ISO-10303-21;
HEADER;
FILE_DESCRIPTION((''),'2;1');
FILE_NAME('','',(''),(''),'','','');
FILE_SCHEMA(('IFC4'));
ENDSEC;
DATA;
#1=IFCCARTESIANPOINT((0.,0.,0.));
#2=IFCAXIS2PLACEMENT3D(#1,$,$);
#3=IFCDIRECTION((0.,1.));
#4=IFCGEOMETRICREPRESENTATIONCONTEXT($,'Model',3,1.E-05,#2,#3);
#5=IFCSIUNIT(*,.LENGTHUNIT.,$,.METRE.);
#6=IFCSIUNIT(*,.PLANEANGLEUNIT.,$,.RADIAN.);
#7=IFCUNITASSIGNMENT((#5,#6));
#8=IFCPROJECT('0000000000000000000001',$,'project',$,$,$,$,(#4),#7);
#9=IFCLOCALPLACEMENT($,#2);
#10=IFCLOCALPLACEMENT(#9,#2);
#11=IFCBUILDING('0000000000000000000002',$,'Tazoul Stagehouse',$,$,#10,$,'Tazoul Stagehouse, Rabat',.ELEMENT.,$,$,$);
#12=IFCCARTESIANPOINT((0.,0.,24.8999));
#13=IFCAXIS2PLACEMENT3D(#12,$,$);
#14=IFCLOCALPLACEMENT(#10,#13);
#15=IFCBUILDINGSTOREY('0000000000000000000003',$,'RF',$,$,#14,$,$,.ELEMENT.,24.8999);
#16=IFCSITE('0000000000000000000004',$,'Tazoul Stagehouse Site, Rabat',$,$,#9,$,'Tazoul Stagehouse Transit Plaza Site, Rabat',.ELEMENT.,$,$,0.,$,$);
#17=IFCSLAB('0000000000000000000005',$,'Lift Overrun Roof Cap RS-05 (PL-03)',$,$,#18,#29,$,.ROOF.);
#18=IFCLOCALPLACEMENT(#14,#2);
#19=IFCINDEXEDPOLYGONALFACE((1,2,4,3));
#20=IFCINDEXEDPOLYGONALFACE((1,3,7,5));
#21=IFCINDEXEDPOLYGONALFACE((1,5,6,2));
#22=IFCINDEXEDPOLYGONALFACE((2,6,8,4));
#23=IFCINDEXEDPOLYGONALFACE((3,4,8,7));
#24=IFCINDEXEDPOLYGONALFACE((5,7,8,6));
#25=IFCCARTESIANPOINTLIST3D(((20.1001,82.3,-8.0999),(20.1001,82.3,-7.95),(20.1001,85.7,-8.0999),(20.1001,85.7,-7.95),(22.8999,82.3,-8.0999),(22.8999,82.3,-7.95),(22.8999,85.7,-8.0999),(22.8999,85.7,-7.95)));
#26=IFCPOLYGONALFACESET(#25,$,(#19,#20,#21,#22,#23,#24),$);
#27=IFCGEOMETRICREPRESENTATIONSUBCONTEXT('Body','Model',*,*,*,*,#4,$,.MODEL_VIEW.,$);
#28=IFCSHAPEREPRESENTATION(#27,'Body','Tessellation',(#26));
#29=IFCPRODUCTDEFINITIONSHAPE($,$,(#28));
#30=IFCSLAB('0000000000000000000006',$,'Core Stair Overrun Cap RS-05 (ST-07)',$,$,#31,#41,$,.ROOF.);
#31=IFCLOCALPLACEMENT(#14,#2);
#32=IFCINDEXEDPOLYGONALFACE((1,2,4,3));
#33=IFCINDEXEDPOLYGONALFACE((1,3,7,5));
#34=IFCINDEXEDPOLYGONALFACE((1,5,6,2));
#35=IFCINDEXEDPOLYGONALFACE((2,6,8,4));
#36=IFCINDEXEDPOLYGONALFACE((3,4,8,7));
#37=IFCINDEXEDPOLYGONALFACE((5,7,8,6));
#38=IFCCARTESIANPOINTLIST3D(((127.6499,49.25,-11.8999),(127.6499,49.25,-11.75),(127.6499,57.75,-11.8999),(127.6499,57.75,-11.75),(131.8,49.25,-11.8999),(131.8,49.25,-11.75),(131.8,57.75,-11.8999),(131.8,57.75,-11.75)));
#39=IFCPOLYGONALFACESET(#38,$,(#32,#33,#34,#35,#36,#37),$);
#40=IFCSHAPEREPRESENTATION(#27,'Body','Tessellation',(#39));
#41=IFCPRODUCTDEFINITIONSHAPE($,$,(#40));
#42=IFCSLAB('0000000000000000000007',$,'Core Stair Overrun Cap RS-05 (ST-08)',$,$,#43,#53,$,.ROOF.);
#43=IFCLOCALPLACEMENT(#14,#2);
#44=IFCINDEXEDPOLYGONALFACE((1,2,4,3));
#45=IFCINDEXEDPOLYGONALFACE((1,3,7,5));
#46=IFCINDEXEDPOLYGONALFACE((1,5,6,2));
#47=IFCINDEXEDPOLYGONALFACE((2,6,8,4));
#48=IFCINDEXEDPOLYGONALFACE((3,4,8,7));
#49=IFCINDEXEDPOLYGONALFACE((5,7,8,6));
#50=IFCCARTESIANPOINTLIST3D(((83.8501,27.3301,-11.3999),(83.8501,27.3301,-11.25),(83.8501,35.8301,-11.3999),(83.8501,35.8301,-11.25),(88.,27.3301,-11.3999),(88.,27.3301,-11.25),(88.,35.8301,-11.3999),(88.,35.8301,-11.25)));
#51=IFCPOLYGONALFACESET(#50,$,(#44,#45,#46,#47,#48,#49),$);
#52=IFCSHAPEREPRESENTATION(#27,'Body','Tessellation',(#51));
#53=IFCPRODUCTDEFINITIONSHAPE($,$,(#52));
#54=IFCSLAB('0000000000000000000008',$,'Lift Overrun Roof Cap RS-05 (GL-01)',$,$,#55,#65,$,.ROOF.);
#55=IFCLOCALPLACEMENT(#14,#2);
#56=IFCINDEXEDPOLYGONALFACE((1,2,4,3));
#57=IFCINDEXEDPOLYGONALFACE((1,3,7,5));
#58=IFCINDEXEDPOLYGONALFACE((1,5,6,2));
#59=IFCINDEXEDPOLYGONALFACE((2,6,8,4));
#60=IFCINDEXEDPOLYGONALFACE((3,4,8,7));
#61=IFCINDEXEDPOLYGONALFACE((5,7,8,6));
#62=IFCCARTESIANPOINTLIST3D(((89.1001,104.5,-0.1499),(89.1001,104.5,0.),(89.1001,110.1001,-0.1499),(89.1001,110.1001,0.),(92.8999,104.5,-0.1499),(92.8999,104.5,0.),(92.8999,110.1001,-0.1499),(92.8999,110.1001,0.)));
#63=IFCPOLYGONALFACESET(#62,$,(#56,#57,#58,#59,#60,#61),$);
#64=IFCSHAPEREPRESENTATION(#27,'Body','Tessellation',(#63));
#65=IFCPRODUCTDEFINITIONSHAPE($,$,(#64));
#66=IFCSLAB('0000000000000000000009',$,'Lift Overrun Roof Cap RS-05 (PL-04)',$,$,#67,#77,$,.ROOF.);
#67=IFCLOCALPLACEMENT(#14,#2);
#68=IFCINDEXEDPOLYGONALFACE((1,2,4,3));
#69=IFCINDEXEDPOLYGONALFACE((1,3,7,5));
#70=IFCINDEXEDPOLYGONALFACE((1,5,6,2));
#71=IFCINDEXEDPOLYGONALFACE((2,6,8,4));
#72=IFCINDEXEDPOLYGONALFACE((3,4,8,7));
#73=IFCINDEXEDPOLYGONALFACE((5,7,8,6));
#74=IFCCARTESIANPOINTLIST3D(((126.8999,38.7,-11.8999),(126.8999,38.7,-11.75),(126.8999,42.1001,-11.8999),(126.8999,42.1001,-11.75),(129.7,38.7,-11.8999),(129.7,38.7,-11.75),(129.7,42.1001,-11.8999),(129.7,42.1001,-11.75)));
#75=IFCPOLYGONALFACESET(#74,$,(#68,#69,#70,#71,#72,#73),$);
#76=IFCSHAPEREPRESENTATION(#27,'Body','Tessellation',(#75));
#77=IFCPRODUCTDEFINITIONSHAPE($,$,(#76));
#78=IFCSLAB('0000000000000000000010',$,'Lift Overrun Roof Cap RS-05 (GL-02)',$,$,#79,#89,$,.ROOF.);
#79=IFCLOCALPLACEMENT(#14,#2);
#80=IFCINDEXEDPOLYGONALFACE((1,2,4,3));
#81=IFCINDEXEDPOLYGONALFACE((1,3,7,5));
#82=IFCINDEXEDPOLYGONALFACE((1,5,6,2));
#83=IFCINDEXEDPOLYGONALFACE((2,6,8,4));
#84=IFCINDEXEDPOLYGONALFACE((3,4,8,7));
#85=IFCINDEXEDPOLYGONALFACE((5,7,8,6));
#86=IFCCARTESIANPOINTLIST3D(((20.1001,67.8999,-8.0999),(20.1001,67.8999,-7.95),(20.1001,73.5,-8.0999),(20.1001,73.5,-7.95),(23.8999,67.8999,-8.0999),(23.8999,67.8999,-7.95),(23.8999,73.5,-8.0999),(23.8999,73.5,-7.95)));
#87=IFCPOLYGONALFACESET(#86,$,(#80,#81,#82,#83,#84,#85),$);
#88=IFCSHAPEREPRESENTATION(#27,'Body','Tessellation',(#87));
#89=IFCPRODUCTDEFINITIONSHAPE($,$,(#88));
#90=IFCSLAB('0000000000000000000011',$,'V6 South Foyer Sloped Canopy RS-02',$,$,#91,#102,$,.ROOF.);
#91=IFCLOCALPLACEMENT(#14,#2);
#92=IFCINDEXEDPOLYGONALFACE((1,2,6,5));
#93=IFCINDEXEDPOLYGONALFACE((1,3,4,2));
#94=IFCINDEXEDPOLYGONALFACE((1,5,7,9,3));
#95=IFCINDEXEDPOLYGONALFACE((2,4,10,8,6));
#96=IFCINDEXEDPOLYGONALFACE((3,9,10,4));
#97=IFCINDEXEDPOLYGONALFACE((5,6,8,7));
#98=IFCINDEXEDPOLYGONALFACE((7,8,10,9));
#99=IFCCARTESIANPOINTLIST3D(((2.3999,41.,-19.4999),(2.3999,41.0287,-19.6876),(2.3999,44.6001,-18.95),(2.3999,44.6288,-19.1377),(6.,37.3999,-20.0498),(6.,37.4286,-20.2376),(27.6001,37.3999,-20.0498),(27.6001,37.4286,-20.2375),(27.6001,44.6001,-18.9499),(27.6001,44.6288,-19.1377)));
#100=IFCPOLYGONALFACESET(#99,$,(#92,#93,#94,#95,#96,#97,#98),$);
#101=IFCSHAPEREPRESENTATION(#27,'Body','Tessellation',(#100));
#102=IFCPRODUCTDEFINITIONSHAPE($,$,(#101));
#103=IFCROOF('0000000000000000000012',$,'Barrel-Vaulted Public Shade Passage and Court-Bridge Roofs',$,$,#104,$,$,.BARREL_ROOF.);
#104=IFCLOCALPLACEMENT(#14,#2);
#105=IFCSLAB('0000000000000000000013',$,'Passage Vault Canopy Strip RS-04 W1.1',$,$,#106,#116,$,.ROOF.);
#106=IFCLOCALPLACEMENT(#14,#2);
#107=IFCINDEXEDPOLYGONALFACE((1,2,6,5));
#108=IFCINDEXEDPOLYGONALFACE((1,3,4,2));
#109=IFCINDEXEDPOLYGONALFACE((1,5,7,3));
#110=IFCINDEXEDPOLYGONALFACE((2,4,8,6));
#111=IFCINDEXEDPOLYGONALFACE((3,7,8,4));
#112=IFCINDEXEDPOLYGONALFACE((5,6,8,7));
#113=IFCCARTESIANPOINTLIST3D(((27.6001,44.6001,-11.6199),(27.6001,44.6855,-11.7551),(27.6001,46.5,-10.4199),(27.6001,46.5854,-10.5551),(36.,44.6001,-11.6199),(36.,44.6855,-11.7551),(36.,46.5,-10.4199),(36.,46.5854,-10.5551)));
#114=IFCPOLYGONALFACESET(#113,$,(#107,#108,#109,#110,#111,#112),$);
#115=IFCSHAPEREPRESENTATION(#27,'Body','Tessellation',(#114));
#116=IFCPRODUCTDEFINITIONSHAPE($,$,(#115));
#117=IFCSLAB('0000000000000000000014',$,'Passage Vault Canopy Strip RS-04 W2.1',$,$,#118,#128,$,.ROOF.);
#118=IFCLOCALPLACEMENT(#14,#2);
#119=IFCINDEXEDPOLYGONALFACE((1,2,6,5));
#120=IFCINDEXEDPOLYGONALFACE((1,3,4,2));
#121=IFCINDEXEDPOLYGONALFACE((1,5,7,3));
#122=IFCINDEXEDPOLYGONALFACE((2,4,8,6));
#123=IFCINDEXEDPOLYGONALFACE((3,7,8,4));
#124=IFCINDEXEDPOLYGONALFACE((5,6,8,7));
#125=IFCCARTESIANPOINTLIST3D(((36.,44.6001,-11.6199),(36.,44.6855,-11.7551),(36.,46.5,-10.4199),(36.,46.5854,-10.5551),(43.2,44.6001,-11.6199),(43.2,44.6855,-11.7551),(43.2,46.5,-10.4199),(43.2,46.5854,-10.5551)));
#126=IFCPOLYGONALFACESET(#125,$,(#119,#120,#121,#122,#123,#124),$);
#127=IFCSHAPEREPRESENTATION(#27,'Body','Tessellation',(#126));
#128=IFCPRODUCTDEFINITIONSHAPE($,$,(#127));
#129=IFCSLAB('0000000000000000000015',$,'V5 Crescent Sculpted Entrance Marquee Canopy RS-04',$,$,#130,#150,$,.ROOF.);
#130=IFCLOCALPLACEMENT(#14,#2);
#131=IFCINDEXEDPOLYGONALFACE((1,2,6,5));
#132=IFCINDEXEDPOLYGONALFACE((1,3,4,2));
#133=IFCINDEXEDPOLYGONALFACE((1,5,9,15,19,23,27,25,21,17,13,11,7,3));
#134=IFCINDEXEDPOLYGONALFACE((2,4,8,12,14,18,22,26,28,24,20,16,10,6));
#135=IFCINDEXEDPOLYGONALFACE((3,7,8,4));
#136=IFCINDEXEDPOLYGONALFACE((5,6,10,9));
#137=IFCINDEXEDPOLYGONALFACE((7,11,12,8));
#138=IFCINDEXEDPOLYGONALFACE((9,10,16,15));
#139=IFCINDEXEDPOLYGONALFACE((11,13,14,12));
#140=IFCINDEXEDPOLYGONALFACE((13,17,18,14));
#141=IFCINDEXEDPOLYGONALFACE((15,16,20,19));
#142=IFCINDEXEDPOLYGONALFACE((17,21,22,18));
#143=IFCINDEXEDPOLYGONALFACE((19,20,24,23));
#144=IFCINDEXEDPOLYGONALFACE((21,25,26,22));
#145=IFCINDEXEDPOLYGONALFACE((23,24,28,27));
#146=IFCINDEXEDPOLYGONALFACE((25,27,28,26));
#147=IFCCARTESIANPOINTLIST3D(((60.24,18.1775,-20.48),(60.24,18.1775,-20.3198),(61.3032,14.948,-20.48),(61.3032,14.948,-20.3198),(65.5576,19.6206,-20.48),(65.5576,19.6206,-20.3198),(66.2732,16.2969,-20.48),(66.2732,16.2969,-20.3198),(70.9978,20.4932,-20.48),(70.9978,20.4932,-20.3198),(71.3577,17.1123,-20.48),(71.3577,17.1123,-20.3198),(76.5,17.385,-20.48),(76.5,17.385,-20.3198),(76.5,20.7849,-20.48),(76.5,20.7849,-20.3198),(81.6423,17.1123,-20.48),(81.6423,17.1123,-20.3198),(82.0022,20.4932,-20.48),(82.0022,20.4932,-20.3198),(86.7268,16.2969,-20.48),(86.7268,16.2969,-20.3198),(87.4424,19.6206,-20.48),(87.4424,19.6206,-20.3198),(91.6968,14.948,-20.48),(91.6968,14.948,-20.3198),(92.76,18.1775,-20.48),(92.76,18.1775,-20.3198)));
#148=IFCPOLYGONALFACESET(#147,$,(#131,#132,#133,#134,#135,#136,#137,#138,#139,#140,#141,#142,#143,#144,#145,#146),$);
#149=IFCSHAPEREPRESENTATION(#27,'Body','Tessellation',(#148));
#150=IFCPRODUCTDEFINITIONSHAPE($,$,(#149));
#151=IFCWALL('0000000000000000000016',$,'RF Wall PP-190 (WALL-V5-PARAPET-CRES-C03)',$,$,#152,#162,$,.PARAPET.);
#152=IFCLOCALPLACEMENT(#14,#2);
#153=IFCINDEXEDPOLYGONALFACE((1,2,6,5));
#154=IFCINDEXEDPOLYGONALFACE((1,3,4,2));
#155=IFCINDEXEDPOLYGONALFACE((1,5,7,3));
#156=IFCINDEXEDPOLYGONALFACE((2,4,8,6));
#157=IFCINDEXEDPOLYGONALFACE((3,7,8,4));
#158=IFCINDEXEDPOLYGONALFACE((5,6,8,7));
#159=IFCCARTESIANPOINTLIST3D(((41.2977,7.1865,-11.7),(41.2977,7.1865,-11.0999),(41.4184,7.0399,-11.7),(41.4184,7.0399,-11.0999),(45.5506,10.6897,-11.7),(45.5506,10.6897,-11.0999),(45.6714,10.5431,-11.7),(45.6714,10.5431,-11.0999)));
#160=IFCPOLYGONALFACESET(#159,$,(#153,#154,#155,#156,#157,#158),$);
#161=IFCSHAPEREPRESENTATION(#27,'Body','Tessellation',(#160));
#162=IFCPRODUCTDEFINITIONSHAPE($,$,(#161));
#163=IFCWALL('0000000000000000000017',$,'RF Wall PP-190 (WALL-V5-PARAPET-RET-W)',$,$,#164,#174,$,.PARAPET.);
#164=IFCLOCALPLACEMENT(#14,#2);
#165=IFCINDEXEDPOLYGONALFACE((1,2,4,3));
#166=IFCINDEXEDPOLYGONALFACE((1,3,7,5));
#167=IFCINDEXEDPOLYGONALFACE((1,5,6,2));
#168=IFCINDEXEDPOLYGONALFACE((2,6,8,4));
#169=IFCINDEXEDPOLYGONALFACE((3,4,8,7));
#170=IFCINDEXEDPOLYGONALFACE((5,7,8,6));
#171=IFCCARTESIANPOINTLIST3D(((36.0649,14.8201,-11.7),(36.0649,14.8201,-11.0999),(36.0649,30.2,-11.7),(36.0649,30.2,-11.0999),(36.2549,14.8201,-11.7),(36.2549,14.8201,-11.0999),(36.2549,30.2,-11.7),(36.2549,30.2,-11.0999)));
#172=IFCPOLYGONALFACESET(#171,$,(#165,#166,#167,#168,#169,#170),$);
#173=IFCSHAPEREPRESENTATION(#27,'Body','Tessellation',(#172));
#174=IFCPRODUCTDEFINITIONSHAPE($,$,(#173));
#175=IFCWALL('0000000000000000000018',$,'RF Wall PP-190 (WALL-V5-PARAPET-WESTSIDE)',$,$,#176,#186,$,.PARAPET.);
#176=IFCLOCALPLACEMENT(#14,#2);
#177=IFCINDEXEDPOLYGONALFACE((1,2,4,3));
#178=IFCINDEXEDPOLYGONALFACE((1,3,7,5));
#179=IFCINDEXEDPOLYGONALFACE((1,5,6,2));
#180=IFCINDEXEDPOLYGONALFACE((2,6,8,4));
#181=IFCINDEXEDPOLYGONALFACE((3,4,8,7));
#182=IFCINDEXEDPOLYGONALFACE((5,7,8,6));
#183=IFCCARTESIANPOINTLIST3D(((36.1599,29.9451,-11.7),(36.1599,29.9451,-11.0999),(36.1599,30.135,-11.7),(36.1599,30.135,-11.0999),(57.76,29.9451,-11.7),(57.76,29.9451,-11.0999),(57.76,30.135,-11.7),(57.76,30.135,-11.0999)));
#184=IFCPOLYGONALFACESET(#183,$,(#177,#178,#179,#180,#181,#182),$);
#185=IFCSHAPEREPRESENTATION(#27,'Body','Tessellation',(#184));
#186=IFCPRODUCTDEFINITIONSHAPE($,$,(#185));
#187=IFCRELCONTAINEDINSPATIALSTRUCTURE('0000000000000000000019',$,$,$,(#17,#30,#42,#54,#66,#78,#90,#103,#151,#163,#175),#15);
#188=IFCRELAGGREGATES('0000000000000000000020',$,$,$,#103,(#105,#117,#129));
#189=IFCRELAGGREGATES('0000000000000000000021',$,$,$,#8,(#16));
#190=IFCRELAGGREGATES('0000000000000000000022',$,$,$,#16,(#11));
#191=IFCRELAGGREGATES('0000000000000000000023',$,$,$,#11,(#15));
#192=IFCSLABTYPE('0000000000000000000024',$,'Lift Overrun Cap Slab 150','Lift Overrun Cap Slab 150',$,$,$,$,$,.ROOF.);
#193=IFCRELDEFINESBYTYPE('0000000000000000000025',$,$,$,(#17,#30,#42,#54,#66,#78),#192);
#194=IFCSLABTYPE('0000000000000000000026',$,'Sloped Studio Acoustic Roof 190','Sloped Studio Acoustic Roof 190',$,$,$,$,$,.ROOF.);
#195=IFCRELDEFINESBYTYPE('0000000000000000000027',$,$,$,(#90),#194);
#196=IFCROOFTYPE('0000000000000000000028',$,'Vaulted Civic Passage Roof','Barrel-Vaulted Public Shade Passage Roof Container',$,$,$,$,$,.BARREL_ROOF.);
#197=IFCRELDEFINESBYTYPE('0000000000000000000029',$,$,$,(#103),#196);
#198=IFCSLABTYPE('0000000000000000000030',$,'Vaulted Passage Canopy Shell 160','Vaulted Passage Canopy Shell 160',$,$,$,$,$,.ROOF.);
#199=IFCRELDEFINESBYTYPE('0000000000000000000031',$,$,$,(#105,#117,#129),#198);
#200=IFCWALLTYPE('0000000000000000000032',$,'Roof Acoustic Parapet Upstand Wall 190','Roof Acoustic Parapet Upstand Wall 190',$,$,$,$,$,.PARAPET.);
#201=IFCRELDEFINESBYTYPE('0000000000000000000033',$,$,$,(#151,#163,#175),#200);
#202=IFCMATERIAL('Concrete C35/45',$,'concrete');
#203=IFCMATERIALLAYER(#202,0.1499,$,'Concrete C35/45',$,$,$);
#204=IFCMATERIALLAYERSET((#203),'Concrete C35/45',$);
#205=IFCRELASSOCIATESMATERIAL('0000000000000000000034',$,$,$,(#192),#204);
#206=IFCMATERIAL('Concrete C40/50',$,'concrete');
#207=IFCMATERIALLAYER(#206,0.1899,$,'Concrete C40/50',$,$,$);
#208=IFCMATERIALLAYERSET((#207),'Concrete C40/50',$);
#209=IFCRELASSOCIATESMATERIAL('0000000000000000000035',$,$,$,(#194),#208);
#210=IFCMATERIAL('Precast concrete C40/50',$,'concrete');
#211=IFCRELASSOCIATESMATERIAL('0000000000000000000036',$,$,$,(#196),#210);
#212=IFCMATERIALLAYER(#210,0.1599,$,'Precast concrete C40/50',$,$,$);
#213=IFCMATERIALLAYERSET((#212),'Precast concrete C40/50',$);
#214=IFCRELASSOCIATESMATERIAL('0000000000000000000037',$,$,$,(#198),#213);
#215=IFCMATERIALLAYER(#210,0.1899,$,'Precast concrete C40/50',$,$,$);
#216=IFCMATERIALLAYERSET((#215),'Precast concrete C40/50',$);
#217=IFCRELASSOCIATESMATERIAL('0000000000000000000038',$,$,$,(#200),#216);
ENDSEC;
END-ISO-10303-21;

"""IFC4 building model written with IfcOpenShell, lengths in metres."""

from ifc_helpers import new_model, si_unit, direction, frame, frame_2d, origin, place, context, subcontext, project, spatial, polyline, rectangle, outline, extrude, material, layer, layer_set, type_object, element, aggregate, save


model = new_model("IFC4")

# Units and contexts
model_context = context("Model", 3, precision=1e-05, world=origin(), true_north=direction((0.0, 1.0)))
body_context = subcontext(model_context, "Body", "Model", "MODEL_VIEW")
ifc_project = project(units=[si_unit("LENGTHUNIT", "METRE"), si_unit("PLANEANGLEUNIT", "RADIAN")], contexts=[model_context])

# Site, building, storey
site_placement = place(None, origin())
site = spatial("IfcSite", under=ifc_project, at=site_placement, Name="Tazoul Stagehouse Site, Rabat", LongName="Tazoul Stagehouse Transit Plaza Site, Rabat", CompositionType="ELEMENT", RefElevation=0.0)
building_placement = place(site_placement, origin())
building = spatial("IfcBuilding", under=site, at=building_placement, Name="Tazoul Stagehouse", LongName="Tazoul Stagehouse, Rabat", CompositionType="ELEMENT")
storey_placement = place(building_placement, frame((0.0, 0.0, 24.8999)))
storey = spatial("IfcBuildingStorey", under=building, at=storey_placement, Name="RF", CompositionType="ELEMENT", Elevation=24.8999)

# Slabs
ifc_material_1 = material(Name="Concrete C35/45", Category="concrete")
ifc_layer_1 = layer(ifc_material_1, 0.1499, Name="Concrete C35/45")
ifc_layer_set_1 = layer_set([ifc_layer_1], Name="Concrete C35/45")
slab_type_1 = type_object("IfcSlabType", Name="Lift Overrun Cap Slab 150", Description="Lift Overrun Cap Slab 150", PredefinedType="ROOF", material=ifc_layer_set_1)
slab_1_placement = place(storey_placement, frame((0.0, 0.0, -8.0999)))
element("IfcSlab", 1, at=slab_1_placement, inside=storey, type_object=slab_type_1, Name="Lift Overrun Roof Cap RS-05 (PL-03)", PredefinedType="ROOF", context=body_context, shape_type="SweptSolid", body=[
    extrude(outline(polyline([(20.1001, 82.3), (22.8999, 82.3), (22.8999, 85.7), (20.1001, 85.7), (20.1001, 82.3)])), origin(), (0.0, 0.0, 1.0), 0.1499),
])
slab_2_placement = place(storey_placement, frame((0.0, 0.0, -11.8999)))
element("IfcSlab", 2, at=slab_2_placement, inside=storey, type_object=slab_type_1, Name="Core Stair Overrun Cap RS-05 (ST-07)", PredefinedType="ROOF", context=body_context, shape_type="SweptSolid", body=[
    extrude(outline(polyline([(127.6499, 49.25), (131.8, 49.25), (131.8, 57.75), (127.6499, 57.75), (127.6499, 49.25)])), origin(), (0.0, 0.0, 1.0), 0.1499),
])
slab_3_placement = place(storey_placement, frame((0.0, 0.0, -11.3999)))
element("IfcSlab", 3, at=slab_3_placement, inside=storey, type_object=slab_type_1, Name="Core Stair Overrun Cap RS-05 (ST-08)", PredefinedType="ROOF", context=body_context, shape_type="SweptSolid", body=[
    extrude(outline(polyline([(83.8501, 27.3301), (88.0, 27.3301), (88.0, 35.8301), (83.8501, 35.8301), (83.8501, 27.3301)])), origin(), (0.0, 0.0, 1.0), 0.1499),
])
slab_4_placement = place(storey_placement, frame((0.0, 0.0, -0.1499)))
element("IfcSlab", 4, at=slab_4_placement, inside=storey, type_object=slab_type_1, Name="Lift Overrun Roof Cap RS-05 (GL-01)", PredefinedType="ROOF", context=body_context, shape_type="SweptSolid", body=[
    extrude(outline(polyline([(89.1001, 104.5), (92.8999, 104.5), (92.8999, 110.1001), (89.1001, 110.1001), (89.1001, 104.5)])), origin(), (0.0, 0.0, 1.0), 0.1499),
])
slab_5_placement = place(storey_placement, frame((0.0, 0.0, -11.8999)))
element("IfcSlab", 5, at=slab_5_placement, inside=storey, type_object=slab_type_1, Name="Lift Overrun Roof Cap RS-05 (PL-04)", PredefinedType="ROOF", context=body_context, shape_type="SweptSolid", body=[
    extrude(outline(polyline([(126.8999, 38.7), (129.7, 38.7), (129.7, 42.1001), (126.8999, 42.1001), (126.8999, 38.7)])), origin(), (0.0, 0.0, 1.0), 0.1499),
])
slab_6_placement = place(storey_placement, frame((0.0, 0.0, -8.0999)))
element("IfcSlab", 6, at=slab_6_placement, inside=storey, type_object=slab_type_1, Name="Lift Overrun Roof Cap RS-05 (GL-02)", PredefinedType="ROOF", context=body_context, shape_type="SweptSolid", body=[
    extrude(outline(polyline([(20.1001, 67.8999), (23.8999, 67.8999), (23.8999, 73.5), (20.1001, 73.5), (20.1001, 67.8999)])), origin(), (0.0, 0.0, 1.0), 0.1499),
])
ifc_material_2 = material(Name="Concrete C40/50", Category="concrete")
ifc_layer_2 = layer(ifc_material_2, 0.1899, Name="Concrete C40/50")
ifc_layer_set_2 = layer_set([ifc_layer_2], Name="Concrete C40/50")
slab_type_2 = type_object("IfcSlabType", Name="Sloped Studio Acoustic Roof 190", Description="Sloped Studio Acoustic Roof 190", PredefinedType="ROOF", material=ifc_layer_set_2)
slab_7_placement = place(storey_placement, frame((6.0, 37.3999, -20.0498), z_axis=(-0.000002, -0.151003, 0.988533), x_axis=(1.0, 0.0, 0.000002)))
element("IfcSlab", 7, at=slab_7_placement, inside=storey, type_object=slab_type_2, Name="V6 South Foyer Sloped Canopy RS-02", PredefinedType="ROOF", context=body_context, shape_type="SweptSolid", body=[
    extrude(outline(polyline([(0.0, 0.0), (21.6001, 0.0), (21.6001, 7.2837), (-3.6001, 7.2837), (-3.6001, 3.6418), (0.0, 0.0)])), origin(), (0.0, 0.0, -1.0), 0.1899),
])

# Roof, slabs
ifc_material_3 = material(Name="Precast concrete C40/50", Category="concrete")
roof_type = type_object("IfcRoofType", Name="Vaulted Civic Passage Roof", Description="Barrel-Vaulted Public Shade Passage Roof Container", PredefinedType="BARREL_ROOF", material=ifc_material_3)
roof_placement = place(storey_placement, origin())
roof = element("IfcRoof", 8, at=roof_placement, inside=storey, type_object=roof_type, Name="Barrel-Vaulted Public Shade Passage and Court-Bridge Roofs", PredefinedType="BARREL_ROOF")
ifc_layer_3 = layer(ifc_material_3, 0.1599, Name="Precast concrete C40/50")
ifc_layer_set_3 = layer_set([ifc_layer_3], Name="Precast concrete C40/50")
slab_type_3 = type_object("IfcSlabType", Name="Vaulted Passage Canopy Shell 160", Description="Vaulted Passage Canopy Shell 160", PredefinedType="ROOF", material=ifc_layer_set_3)
slab_8_placement = place(storey_placement, frame((27.6001, 44.6001, -11.6199), z_axis=(0.0, -0.533997, 0.845486), x_axis=(1.0, 0.0, 0.0)))
slab_8 = element("IfcSlab", 9, at=slab_8_placement, type_object=slab_type_3, Name="Passage Vault Canopy Strip RS-04 W1.1", PredefinedType="ROOF", context=body_context, shape_type="SweptSolid", body=[
    extrude(outline(polyline([(0.0, 0.0), (8.3999, 0.0), (8.3999, 2.2471), (0.0, 2.2471), (0.0, 0.0)])), origin(), (0.0, 0.0, -1.0), 0.1599),
])
slab_9_placement = place(storey_placement, frame((36.0, 44.6001, -11.6199), z_axis=(0.0, -0.533997, 0.845486), x_axis=(1.0, 0.0, 0.0)))
slab_9 = element("IfcSlab", 10, at=slab_9_placement, type_object=slab_type_3, Name="Passage Vault Canopy Strip RS-04 W2.1", PredefinedType="ROOF", context=body_context, shape_type="SweptSolid", body=[
    extrude(outline(polyline([(0.0, 0.0), (7.2, 0.0), (7.2, 2.2471), (0.0, 2.2471), (0.0, 0.0)])), origin(), (0.0, 0.0, -1.0), 0.1599),
])
slab_10_placement = place(storey_placement, frame((0.0, 0.0, -20.48)))
slab_10 = element("IfcSlab", 11, at=slab_10_placement, type_object=slab_type_3, Name="V5 Crescent Sculpted Entrance Marquee Canopy RS-04", PredefinedType="ROOF", context=body_context, shape_type="SweptSolid", body=[
    extrude(outline(polyline([(60.24, 18.1775), (65.5576, 19.6206), (70.9978, 20.4932), (76.5, 20.7849), (82.0022, 20.4932), (87.4424, 19.6206), (92.76, 18.1775), (91.6968, 14.948), (86.7268, 16.2969), (81.6423, 17.1123), (76.5, 17.385), (71.3577, 17.1123), (66.2732, 16.2969), (61.3032, 14.948), (60.24, 18.1775)])), origin(), (0.0, 0.0, 1.0), 0.1602),
])
aggregate(roof, [slab_8, slab_9, slab_10])

# Walls
ifc_layer_4 = layer(ifc_material_3, 0.1899, Name="Precast concrete C40/50")
ifc_layer_set_4 = layer_set([ifc_layer_4], Name="Precast concrete C40/50")
wall_type = type_object("IfcWallType", Name="Roof Acoustic Parapet Upstand Wall 190", Description="Roof Acoustic Parapet Upstand Wall 190", PredefinedType="PARAPET", material=ifc_layer_set_4)
wall_1_placement = place(storey_placement, frame((41.3582, 7.1133, -11.7), z_axis=(0.0, 0.0, 1.0), x_axis=(0.771862, 0.63579, 0.0)))
element("IfcWall", 12, at=wall_1_placement, inside=storey, type_object=wall_type, Name="RF Wall PP-190 (WALL-V5-PARAPET-CRES-C03)", PredefinedType="PARAPET", context=body_context, shape_type="SweptSolid", body=[
    extrude(rectangle(XDim=5.51, YDim=0.1899, at=frame_2d((2.7549, 0.0))), origin(), (0.0, 0.0, 1.0), 0.6001),
])
wall_2_placement = place(storey_placement, frame((36.1599, 14.8201, -11.7), z_axis=(0.0, 0.0, 1.0), x_axis=(0.0, 1.0, 0.0)))
element("IfcWall", 13, at=wall_2_placement, inside=storey, type_object=wall_type, Name="RF Wall PP-190 (WALL-V5-PARAPET-RET-W)", PredefinedType="PARAPET", context=body_context, shape_type="SweptSolid", body=[
    extrude(rectangle(XDim=15.3799, YDim=0.1899, at=frame_2d((7.6899, 0.0))), origin(), (0.0, 0.0, 1.0), 0.6001),
])
wall_3_placement = place(storey_placement, frame((36.1599, 30.04, -11.7), z_axis=(0.0, 0.0, 1.0), x_axis=(1.0, 0.0, 0.0)))
element("IfcWall", 14, at=wall_3_placement, inside=storey, type_object=wall_type, Name="RF Wall PP-190 (WALL-V5-PARAPET-WESTSIDE)", PredefinedType="PARAPET", context=body_context, shape_type="SweptSolid", body=[
    extrude(rectangle(XDim=21.6001, YDim=0.1899, at=frame_2d((10.8, 0.0))), origin(), (0.0, 0.0, 1.0), 0.6001),
])

save(model, "model.ifc")
